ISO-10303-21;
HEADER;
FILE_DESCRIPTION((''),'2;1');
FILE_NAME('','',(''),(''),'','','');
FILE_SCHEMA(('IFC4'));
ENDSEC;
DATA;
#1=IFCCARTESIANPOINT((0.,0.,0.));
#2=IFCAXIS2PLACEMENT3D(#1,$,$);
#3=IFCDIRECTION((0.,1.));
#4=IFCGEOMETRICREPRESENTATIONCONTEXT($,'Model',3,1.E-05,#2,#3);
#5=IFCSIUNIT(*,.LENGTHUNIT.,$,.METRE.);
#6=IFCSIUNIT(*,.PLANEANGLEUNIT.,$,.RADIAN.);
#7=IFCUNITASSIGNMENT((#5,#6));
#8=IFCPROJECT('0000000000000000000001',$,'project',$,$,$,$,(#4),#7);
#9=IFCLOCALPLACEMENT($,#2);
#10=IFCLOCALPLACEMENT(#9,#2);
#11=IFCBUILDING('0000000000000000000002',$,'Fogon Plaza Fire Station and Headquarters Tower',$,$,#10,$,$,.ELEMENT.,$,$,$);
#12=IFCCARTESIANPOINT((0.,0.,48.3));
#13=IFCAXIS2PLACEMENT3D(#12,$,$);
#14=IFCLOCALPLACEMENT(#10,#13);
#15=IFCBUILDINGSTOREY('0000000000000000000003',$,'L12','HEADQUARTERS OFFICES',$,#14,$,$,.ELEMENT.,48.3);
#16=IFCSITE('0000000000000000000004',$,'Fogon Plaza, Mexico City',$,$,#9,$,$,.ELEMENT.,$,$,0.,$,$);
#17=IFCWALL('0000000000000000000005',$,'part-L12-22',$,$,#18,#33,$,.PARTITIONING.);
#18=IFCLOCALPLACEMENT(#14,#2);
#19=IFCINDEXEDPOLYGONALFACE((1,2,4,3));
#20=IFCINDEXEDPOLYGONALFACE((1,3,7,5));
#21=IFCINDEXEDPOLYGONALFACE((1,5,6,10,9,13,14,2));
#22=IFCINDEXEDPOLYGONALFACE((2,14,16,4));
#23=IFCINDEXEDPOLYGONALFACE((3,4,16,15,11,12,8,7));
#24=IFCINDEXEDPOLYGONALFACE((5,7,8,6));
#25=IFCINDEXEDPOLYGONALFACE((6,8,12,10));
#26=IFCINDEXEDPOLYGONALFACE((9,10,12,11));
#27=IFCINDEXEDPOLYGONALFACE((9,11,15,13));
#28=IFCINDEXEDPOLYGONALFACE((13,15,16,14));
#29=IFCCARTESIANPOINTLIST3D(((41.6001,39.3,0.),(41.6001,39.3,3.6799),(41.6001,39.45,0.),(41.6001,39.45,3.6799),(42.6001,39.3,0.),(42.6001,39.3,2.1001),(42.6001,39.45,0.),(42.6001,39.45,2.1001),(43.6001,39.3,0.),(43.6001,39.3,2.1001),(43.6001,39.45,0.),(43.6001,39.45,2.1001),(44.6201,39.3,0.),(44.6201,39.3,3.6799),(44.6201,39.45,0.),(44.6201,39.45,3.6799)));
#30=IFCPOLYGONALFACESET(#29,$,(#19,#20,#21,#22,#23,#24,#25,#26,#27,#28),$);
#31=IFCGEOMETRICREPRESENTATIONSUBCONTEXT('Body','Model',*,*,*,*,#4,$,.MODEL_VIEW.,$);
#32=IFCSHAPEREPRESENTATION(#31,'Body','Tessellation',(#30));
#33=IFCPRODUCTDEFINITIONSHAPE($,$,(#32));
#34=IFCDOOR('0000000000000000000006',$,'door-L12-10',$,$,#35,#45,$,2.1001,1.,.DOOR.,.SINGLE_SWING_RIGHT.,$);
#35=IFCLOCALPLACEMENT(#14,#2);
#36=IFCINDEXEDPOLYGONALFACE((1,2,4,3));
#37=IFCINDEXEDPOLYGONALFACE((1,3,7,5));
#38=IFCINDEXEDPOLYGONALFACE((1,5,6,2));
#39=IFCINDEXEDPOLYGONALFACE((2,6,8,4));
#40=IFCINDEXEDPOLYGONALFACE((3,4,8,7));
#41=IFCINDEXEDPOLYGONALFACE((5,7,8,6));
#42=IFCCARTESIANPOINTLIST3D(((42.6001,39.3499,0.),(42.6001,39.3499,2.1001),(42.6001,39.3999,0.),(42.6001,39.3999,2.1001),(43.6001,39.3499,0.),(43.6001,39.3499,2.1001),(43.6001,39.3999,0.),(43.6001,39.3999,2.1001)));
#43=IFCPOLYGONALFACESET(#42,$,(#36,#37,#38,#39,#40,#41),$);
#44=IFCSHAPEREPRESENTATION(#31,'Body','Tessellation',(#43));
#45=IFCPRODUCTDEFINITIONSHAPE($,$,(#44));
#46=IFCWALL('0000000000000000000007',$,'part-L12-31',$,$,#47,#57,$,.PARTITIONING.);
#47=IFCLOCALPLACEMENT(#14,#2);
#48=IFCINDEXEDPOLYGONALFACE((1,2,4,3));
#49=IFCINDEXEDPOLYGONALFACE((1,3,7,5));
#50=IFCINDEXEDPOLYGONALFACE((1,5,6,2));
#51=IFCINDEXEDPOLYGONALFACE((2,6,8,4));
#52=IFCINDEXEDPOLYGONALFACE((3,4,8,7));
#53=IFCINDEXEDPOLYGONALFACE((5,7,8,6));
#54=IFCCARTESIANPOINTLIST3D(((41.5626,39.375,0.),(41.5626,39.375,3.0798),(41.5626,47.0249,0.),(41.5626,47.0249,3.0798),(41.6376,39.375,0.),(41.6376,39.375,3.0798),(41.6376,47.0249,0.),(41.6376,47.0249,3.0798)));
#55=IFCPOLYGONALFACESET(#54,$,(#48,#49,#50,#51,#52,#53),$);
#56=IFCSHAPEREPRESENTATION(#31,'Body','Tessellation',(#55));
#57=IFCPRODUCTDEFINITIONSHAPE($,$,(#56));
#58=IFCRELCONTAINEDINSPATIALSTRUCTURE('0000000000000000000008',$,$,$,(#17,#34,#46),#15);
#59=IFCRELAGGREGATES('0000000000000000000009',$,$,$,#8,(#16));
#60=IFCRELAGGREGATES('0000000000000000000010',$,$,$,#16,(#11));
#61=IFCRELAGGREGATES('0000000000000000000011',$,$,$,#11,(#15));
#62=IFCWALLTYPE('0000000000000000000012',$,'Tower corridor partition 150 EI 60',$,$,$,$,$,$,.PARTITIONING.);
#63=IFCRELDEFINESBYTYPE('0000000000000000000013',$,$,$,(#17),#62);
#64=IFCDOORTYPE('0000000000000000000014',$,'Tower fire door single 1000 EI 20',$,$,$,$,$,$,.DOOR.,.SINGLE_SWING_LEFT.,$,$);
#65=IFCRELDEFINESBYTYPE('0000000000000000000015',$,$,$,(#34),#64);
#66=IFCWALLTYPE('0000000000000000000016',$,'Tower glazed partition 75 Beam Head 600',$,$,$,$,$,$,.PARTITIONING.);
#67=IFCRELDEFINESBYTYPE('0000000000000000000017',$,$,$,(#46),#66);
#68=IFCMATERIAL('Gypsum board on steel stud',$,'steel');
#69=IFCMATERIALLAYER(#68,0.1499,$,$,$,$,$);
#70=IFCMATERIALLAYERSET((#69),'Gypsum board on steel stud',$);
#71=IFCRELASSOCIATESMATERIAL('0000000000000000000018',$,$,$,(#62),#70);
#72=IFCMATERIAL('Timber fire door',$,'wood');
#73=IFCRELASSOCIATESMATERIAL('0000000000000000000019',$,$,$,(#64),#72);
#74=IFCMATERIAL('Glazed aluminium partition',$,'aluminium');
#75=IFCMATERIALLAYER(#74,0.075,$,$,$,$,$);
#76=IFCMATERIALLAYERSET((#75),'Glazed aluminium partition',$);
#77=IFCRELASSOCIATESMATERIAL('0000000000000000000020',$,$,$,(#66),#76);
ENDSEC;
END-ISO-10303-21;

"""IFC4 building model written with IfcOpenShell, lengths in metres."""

from ifc_helpers import new_model, si_unit, direction, frame, frame_2d, origin, place, context, subcontext, project, spatial, rectangle, extrude, material, layer, layer_set, type_object, element, fill, save


model = new_model("IFC4")

# Units and contexts
model_context = context("Model", 3, precision=1e-05, world=origin(), true_north=direction((0.0, 1.0)))
body_context = subcontext(model_context, "Body", "Model", "MODEL_VIEW")
ifc_project = project(units=[si_unit("LENGTHUNIT", "METRE"), si_unit("PLANEANGLEUNIT", "RADIAN")], contexts=[model_context])

# Site, building, storey
site_placement = place(None, origin())
site = spatial("IfcSite", under=ifc_project, at=site_placement, Name="Fogon Plaza, Mexico City", CompositionType="ELEMENT", RefElevation=0.0)
building_placement = place(site_placement, origin())
building = spatial("IfcBuilding", under=site, at=building_placement, Name="Fogon Plaza Fire Station and Headquarters Tower", CompositionType="ELEMENT")
storey_placement = place(building_placement, frame((0.0, 0.0, 48.3)))
storey = spatial("IfcBuildingStorey", under=building, at=storey_placement, Name="L12", Description="HEADQUARTERS OFFICES", CompositionType="ELEMENT", Elevation=48.3)

# Shared definitions
ifc_material_1 = material(Name="Gypsum board on steel stud", Category="steel")
ifc_layer_1 = layer(ifc_material_1, 0.1499)
ifc_layer_set_1 = layer_set([ifc_layer_1], Name="Gypsum board on steel stud")
wall_type_1 = type_object("IfcWallType", Name="Tower corridor partition 150 EI 60", PredefinedType="PARTITIONING", material=ifc_layer_set_1)
ifc_material_2 = material(Name="Timber fire door", Category="wood")
door_type_1 = type_object("IfcDoorType", Name="Tower fire door single 1000 EI 20", OperationType="SINGLE_SWING_LEFT", PredefinedType="DOOR", material=ifc_material_2)

# Wall, opening, door
wall_1_placement = place(storey_placement, frame((41.6001, 39.375, 0.0), z_axis=(0.0, 0.0, 1.0), x_axis=(1.0, 0.0, 0.0)))
wall_1 = element("IfcWall", 1, at=wall_1_placement, inside=storey, type_object=wall_type_1, Name="part-L12-22", PredefinedType="PARTITIONING", context=body_context, shape_type="SweptSolid", body=[
    extrude(rectangle(XDim=3.02, YDim=0.1499, at=frame_2d((1.51, 0.0))), origin(), (0.0, 0.0, 1.0), 3.6799),
])
opening_1_placement = place(wall_1_placement, frame((1.0, 0.0, 0.0)))
opening_1 = element("IfcOpeningElement", 2, at=opening_1_placement, cuts=wall_1, PredefinedType="OPENING", context=body_context, shape_type="SweptSolid", body=[
    extrude(rectangle(XDim=1.0, YDim=2.1001, at=frame_2d((0.5, 1.05))), frame((0.0, 0.085, 0.0), z_axis=(0.0, -1.0, 0.0), x_axis=(1.0, 0.0, 0.0)), (0.0, 0.0, 1.0), 0.1699),
])
door_1_placement = place(opening_1_placement, origin())
door_1 = element("IfcDoor", 3, at=door_1_placement, inside=storey, type_object=door_type_1, Name="door-L12-10", OperationType="SINGLE_SWING_RIGHT", OverallHeight=2.1001, OverallWidth=1.0, PredefinedType="DOOR", context=body_context, shape_type="SweptSolid", body=[
    extrude(rectangle(XDim=1.0, YDim=2.1001, at=frame_2d((0.5, 1.05))), frame((0.0, 0.0249, 0.0), z_axis=(0.0, -1.0, 0.0), x_axis=(1.0, 0.0, 0.0)), (0.0, 0.0, 1.0), 0.05),
])
fill(opening_1, door_1)

# Wall
ifc_material_3 = material(Name="Glazed aluminium partition", Category="aluminium")
ifc_layer_2 = layer(ifc_material_3, 0.075)
ifc_layer_set_2 = layer_set([ifc_layer_2], Name="Glazed aluminium partition")
wall_type_2 = type_object("IfcWallType", Name="Tower glazed partition 75 Beam Head 600", PredefinedType="PARTITIONING", material=ifc_layer_set_2)
wall_2_placement = place(storey_placement, frame((41.6001, 39.375, 0.0), z_axis=(0.0, 0.0, 1.0), x_axis=(0.0, 1.0, 0.0)))
element("IfcWall", 4, at=wall_2_placement, inside=storey, type_object=wall_type_2, Name="part-L12-31", PredefinedType="PARTITIONING", context=body_context, shape_type="SweptSolid", body=[
    extrude(rectangle(XDim=7.6499, YDim=0.075, at=frame_2d((3.825, 0.0))), origin(), (0.0, 0.0, 1.0), 3.0798),
])

save(model, "model.ifc")
